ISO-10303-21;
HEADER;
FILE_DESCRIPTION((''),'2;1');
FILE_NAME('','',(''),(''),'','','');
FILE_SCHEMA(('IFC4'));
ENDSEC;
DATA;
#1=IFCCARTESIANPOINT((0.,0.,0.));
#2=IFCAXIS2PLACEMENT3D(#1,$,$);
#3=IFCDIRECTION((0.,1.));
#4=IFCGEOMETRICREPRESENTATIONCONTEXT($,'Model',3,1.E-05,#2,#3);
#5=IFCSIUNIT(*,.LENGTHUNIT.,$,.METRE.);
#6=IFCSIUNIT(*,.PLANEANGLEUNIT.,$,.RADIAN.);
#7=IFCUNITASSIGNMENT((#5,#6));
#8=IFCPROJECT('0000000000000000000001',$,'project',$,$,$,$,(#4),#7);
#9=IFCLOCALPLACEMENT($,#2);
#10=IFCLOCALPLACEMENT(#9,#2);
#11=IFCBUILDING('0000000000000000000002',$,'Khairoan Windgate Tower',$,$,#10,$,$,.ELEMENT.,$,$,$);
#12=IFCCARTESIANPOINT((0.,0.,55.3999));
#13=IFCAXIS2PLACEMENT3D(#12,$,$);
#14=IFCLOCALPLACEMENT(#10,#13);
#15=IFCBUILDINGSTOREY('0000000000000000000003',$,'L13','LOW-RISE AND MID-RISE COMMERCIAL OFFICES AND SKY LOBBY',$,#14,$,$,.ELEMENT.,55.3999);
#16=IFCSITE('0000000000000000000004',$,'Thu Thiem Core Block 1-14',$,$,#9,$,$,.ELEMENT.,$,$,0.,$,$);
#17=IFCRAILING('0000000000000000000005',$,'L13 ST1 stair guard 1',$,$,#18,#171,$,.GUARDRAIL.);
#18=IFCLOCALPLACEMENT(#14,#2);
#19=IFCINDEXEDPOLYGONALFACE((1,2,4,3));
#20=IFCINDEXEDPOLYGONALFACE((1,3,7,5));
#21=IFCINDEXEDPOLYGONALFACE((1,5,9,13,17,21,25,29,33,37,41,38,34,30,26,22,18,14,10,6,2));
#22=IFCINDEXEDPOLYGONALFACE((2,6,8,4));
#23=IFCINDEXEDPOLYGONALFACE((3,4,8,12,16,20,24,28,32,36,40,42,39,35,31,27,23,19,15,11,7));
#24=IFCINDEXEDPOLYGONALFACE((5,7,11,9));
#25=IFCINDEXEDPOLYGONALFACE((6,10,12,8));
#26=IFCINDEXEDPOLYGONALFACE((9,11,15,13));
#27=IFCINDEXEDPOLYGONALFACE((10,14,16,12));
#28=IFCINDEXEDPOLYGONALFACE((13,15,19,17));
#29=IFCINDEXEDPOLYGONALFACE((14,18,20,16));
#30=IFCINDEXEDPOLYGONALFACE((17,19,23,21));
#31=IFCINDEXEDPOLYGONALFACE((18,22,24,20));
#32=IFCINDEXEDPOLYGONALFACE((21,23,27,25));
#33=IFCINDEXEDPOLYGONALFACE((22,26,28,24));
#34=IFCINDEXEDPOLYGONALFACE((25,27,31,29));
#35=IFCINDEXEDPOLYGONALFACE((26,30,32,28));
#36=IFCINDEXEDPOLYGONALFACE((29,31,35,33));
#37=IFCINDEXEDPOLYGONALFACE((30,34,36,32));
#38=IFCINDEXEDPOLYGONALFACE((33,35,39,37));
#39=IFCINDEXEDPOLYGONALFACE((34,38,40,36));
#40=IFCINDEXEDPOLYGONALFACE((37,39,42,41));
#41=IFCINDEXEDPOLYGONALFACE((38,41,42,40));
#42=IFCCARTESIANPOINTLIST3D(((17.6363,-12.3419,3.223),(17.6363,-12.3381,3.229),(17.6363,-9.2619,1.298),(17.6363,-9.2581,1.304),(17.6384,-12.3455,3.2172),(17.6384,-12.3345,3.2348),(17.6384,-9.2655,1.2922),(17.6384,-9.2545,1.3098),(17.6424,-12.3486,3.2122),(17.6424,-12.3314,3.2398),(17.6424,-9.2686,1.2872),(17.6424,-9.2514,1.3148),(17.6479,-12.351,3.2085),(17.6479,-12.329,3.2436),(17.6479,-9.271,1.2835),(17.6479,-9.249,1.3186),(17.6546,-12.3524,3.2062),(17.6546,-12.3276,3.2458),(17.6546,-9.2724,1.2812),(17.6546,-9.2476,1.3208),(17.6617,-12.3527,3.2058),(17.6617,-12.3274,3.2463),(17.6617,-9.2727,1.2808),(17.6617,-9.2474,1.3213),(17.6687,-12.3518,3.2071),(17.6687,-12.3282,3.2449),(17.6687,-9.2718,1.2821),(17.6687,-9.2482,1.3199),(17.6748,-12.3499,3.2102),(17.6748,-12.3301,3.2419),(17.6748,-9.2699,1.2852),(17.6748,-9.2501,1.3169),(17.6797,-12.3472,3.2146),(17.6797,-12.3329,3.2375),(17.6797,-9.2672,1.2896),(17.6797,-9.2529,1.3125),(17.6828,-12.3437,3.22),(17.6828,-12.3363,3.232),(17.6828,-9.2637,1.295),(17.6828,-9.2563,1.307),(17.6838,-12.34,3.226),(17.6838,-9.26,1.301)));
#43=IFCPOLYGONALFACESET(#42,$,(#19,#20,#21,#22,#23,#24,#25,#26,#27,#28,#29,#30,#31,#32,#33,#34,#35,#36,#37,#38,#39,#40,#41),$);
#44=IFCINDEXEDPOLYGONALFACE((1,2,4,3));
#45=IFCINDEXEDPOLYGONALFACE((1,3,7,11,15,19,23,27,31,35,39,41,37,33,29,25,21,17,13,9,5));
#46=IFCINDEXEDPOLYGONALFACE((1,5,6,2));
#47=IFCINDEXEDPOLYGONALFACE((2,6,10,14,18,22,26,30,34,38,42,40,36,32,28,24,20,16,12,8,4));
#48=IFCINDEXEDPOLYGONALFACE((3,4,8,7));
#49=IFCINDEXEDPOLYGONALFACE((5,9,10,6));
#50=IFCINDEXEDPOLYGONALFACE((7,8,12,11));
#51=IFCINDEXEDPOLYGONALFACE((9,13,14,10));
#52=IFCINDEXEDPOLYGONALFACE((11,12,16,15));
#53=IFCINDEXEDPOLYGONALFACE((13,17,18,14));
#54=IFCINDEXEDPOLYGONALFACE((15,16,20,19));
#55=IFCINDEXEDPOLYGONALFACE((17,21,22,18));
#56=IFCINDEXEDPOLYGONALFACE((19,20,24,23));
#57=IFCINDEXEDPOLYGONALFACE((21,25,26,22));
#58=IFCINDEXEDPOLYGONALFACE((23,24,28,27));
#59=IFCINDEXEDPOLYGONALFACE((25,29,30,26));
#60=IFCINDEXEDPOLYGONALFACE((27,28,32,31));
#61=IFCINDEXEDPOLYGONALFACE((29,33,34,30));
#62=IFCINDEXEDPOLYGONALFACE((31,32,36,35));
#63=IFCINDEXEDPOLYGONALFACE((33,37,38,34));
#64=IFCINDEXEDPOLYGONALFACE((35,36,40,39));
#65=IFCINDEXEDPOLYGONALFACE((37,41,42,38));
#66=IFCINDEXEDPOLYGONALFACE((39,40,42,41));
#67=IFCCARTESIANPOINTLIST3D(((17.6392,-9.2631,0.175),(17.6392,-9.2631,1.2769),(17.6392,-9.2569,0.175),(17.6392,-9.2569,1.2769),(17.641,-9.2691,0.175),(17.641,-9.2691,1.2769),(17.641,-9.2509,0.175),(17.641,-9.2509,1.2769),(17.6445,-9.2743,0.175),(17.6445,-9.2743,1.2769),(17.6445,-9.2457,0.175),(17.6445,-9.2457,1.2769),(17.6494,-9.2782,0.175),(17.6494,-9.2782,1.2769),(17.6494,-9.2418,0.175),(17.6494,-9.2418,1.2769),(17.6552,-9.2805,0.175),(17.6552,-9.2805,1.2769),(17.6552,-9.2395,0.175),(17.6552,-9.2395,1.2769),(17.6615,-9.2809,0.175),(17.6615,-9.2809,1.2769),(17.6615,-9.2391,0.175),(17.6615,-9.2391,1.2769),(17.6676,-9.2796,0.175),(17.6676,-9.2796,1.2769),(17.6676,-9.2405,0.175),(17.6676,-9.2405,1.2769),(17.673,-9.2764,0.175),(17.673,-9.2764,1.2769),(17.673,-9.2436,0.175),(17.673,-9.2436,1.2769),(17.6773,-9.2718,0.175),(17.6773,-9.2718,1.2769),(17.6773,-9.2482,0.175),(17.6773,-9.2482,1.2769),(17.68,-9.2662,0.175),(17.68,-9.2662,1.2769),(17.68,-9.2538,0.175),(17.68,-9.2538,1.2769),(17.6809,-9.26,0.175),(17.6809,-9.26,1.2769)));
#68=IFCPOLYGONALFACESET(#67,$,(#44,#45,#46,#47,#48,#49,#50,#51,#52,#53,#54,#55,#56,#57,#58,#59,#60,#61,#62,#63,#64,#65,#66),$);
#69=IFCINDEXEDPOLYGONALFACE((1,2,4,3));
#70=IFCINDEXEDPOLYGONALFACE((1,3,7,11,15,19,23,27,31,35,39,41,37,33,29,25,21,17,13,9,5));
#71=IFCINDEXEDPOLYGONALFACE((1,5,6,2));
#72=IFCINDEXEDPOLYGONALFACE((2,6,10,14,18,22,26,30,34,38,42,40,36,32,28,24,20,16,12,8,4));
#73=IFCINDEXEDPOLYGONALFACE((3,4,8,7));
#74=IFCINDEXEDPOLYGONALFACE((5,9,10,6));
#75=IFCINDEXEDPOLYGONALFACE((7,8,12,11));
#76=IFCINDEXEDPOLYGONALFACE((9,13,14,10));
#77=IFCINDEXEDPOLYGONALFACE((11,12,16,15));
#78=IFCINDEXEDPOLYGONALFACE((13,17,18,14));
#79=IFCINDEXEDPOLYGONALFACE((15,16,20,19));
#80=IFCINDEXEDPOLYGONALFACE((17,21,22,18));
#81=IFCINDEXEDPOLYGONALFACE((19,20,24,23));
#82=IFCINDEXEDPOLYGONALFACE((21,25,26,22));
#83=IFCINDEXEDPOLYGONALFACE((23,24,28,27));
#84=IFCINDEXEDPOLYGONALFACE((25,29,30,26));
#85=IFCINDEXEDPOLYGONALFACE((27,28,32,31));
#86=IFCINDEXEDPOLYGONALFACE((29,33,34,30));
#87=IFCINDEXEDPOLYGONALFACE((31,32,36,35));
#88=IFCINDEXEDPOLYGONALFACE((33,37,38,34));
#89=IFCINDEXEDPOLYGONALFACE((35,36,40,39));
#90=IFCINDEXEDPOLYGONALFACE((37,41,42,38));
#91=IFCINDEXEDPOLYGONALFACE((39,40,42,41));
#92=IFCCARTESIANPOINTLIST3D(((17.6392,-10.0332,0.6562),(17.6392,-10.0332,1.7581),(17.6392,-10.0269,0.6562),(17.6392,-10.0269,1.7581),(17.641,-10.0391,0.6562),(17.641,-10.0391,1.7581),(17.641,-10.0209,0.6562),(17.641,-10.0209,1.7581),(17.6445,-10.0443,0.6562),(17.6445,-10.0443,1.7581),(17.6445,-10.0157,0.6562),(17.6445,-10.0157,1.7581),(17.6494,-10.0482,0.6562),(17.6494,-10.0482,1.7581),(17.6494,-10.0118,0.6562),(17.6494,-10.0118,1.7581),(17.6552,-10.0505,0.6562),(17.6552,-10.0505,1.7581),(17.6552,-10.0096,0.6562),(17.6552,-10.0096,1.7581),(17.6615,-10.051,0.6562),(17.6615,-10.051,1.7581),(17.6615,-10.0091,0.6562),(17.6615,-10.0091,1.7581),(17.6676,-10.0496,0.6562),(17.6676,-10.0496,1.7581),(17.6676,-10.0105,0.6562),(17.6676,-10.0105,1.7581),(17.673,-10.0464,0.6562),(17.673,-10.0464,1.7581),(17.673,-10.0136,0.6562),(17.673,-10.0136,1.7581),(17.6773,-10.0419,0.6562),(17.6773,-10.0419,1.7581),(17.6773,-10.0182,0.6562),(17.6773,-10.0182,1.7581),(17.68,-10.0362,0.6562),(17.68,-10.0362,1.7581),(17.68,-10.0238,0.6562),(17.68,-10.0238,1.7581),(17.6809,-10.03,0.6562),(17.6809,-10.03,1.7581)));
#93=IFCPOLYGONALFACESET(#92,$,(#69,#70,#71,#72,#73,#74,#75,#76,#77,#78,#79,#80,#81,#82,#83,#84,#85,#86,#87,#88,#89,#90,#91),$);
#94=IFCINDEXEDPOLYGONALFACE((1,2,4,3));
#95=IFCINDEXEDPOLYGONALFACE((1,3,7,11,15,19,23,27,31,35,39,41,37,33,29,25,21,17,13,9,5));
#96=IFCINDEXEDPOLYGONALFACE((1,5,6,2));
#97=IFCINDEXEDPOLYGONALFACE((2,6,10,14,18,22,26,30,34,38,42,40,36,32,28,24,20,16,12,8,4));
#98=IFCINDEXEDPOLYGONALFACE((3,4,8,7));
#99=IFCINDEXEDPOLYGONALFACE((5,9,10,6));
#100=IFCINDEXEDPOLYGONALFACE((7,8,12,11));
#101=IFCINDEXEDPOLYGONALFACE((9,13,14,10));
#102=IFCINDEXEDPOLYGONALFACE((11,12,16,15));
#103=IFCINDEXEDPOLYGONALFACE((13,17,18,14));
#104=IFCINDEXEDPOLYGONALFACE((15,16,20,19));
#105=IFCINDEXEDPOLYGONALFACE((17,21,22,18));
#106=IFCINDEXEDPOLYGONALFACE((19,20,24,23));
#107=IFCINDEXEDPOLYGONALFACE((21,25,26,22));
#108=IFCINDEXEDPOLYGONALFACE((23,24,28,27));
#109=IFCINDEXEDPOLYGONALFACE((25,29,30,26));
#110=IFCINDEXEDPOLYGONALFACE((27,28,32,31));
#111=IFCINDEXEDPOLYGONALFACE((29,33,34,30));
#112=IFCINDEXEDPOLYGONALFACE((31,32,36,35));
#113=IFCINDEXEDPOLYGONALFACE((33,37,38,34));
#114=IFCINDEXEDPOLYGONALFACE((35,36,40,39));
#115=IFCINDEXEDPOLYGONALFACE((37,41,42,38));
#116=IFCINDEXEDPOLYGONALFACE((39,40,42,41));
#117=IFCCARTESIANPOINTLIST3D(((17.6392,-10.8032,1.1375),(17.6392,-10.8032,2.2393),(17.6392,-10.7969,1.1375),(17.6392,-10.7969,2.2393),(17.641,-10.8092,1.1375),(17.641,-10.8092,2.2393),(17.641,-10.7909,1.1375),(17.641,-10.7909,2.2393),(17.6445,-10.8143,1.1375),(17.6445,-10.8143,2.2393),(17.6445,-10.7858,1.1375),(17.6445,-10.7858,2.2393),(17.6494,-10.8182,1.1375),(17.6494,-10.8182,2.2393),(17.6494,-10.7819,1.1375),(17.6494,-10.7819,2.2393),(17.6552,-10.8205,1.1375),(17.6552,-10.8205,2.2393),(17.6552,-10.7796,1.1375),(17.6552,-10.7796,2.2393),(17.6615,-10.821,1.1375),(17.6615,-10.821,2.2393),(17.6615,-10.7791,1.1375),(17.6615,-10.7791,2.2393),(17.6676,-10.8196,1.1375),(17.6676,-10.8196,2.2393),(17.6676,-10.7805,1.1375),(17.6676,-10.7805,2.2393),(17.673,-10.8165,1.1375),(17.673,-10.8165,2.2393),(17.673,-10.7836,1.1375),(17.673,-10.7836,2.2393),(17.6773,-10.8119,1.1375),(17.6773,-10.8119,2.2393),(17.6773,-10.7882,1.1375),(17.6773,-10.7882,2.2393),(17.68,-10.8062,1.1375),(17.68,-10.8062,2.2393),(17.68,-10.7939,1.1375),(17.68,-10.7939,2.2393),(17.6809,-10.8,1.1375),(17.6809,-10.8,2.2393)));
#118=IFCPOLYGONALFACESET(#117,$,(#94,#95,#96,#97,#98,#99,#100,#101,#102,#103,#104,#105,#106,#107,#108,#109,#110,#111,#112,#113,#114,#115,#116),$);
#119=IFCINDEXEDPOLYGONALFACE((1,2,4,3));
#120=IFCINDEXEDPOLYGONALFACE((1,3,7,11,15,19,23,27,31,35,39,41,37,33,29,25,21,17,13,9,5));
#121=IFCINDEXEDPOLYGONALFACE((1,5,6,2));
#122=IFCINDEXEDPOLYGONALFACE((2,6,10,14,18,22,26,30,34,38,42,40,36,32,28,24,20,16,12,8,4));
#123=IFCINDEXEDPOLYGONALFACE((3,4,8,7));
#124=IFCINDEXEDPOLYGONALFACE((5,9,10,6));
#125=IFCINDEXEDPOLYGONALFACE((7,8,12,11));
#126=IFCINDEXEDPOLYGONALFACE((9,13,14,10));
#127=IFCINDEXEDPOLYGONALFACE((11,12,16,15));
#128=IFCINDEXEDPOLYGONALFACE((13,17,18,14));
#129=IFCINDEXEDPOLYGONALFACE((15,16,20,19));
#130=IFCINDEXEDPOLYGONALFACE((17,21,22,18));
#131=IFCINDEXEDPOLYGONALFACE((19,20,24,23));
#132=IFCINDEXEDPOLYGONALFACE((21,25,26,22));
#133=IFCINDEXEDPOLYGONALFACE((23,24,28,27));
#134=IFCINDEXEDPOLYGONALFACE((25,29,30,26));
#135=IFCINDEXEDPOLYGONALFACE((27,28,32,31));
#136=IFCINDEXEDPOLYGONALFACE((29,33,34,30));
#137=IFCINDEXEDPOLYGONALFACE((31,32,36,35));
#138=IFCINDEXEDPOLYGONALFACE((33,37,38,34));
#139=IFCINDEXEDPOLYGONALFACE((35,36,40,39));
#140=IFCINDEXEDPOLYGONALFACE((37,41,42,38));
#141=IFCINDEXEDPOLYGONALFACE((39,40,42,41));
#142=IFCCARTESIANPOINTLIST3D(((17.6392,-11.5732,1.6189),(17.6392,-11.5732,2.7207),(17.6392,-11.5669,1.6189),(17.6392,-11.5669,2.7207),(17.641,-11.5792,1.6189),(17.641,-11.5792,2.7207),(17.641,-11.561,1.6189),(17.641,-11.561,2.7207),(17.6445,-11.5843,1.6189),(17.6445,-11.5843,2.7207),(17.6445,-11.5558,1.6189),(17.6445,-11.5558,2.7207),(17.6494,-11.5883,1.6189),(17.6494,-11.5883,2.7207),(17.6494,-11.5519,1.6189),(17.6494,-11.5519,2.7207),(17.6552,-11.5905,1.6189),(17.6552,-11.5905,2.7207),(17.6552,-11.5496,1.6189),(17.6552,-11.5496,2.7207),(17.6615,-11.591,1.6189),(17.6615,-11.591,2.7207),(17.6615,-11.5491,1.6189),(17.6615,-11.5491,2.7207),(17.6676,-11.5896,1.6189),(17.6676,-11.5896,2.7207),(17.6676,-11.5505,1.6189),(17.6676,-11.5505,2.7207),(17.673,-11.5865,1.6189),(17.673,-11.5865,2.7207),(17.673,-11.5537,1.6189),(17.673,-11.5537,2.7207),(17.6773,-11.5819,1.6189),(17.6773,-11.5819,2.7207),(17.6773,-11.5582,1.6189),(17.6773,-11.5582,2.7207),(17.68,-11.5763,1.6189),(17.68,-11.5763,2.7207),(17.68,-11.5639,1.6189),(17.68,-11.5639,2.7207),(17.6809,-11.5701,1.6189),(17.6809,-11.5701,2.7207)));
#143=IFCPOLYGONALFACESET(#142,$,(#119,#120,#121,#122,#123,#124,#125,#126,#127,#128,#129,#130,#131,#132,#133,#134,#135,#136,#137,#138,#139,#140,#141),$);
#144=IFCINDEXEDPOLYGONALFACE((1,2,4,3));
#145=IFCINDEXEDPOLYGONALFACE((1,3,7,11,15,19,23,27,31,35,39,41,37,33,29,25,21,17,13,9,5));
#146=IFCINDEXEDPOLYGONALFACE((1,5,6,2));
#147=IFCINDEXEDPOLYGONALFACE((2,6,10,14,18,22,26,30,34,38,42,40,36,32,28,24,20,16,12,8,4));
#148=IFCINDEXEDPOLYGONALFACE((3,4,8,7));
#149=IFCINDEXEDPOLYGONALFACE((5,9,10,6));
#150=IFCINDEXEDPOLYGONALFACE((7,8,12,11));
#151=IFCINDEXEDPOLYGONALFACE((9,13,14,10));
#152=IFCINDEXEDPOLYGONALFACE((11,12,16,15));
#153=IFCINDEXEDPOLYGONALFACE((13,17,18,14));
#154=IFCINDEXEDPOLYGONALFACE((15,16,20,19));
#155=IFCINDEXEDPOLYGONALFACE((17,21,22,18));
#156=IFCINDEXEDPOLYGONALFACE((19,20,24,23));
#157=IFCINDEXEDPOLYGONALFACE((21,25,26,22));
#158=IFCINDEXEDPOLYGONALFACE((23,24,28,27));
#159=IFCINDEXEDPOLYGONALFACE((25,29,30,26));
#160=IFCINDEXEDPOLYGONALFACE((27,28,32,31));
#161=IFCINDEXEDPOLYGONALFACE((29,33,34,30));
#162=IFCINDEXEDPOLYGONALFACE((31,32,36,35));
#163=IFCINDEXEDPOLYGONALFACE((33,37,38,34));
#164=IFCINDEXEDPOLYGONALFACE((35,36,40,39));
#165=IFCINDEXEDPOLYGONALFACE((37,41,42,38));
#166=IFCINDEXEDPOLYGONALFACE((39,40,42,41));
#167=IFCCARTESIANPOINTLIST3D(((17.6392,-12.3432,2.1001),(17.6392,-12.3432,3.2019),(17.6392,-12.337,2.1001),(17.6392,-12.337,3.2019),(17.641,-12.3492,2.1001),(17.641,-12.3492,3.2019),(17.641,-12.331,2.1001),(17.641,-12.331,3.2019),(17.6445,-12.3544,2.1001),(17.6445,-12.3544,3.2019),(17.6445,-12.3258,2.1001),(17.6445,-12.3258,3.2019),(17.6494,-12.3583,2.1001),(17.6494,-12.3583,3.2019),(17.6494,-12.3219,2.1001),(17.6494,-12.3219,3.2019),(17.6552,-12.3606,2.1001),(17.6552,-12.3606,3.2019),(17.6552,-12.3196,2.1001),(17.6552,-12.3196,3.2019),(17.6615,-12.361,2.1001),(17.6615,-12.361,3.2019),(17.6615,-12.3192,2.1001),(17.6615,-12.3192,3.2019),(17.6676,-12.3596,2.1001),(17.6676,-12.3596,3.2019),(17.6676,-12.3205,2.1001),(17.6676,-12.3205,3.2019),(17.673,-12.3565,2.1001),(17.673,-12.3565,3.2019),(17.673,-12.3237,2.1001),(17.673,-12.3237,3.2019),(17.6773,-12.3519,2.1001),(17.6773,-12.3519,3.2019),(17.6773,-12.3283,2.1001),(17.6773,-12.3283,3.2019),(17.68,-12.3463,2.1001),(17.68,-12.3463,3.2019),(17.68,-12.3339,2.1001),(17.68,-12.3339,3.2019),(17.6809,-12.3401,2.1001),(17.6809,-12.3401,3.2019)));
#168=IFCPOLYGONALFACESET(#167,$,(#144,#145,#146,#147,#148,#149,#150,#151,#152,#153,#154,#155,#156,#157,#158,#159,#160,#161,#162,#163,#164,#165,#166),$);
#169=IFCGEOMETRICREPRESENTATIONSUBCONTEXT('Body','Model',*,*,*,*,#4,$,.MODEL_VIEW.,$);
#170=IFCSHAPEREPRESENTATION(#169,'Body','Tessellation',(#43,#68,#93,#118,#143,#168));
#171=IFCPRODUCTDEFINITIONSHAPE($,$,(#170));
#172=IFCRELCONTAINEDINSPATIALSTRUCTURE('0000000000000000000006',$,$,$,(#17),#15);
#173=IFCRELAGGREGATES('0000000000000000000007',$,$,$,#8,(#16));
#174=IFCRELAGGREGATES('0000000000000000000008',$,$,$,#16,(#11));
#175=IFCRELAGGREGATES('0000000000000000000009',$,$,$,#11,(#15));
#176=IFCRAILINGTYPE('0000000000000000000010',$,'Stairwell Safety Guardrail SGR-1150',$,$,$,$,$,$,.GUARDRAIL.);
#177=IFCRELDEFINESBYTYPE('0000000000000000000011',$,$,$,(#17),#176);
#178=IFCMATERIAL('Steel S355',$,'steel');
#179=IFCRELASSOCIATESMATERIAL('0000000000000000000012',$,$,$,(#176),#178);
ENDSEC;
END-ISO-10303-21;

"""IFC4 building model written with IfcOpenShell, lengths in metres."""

from ifc_helpers import new_model, si_unit, direction, frame, origin, origin_2d, place, context, subcontext, project, spatial, circle, extrude, material, type_object, element, save


model = new_model("IFC4")

# Units and contexts
model_context = context("Model", 3, precision=1e-05, world=origin(), true_north=direction((0.0, 1.0)))
body_context = subcontext(model_context, "Body", "Model", "MODEL_VIEW")
ifc_project = project(units=[si_unit("LENGTHUNIT", "METRE"), si_unit("PLANEANGLEUNIT", "RADIAN")], contexts=[model_context])

# Site, building, storey
site_placement = place(None, origin())
site = spatial("IfcSite", under=ifc_project, at=site_placement, Name="Thu Thiem Core Block 1-14", CompositionType="ELEMENT", RefElevation=0.0)
building_placement = place(site_placement, origin())
building = spatial("IfcBuilding", under=site, at=building_placement, Name="Khairoan Windgate Tower", CompositionType="ELEMENT")
storey_placement = place(building_placement, frame((0.0, 0.0, 55.3999)))
storey = spatial("IfcBuildingStorey", under=building, at=storey_placement, Name="L13", Description="LOW-RISE AND MID-RISE COMMERCIAL OFFICES AND SKY LOBBY", CompositionType="ELEMENT", Elevation=55.3999)

# Railing
ifc_material_1 = material(Name="Steel S355", Category="steel")
railing_type_1 = type_object("IfcRailingType", Name="Stairwell Safety Guardrail SGR-1150", PredefinedType="GUARDRAIL", material=ifc_material_1)
railing_1_placement = place(storey_placement, frame((17.6599, -9.26, 0.175)))
element("IfcRailing", 1, at=railing_1_placement, inside=storey, type_object=railing_type_1, Name="L13 ST1 stair guard 1", PredefinedType="GUARDRAIL", context=body_context, shape_type="SweptSolid", body=[
    extrude(circle(Radius=0.0239, at=origin_2d()), frame((0.0, 0.0, 1.126), z_axis=(0.0, -0.847998, 0.529999), x_axis=(1.0, 0.0, 0.0)), (0.0, 0.0, 1.0), 3.6321),
    extrude(circle(Radius=0.021, at=origin_2d()), origin(), (0.0, 0.0, 1.0), 1.1018),
    extrude(circle(Radius=0.021, at=origin_2d()), frame((0.0, -0.77, 0.4812)), (0.0, 0.0, 1.0), 1.1018),
    extrude(circle(Radius=0.021, at=origin_2d()), frame((0.0, -1.54, 0.9624)), (0.0, 0.0, 1.0), 1.1018),
    extrude(circle(Radius=0.021, at=origin_2d()), frame((0.0, -2.3101, 1.4438)), (0.0, 0.0, 1.0), 1.1018),
    extrude(circle(Radius=0.021, at=origin_2d()), frame((0.0, -3.0801, 1.925)), (0.0, 0.0, 1.0), 1.1018),
])

save(model, "model.ifc")
